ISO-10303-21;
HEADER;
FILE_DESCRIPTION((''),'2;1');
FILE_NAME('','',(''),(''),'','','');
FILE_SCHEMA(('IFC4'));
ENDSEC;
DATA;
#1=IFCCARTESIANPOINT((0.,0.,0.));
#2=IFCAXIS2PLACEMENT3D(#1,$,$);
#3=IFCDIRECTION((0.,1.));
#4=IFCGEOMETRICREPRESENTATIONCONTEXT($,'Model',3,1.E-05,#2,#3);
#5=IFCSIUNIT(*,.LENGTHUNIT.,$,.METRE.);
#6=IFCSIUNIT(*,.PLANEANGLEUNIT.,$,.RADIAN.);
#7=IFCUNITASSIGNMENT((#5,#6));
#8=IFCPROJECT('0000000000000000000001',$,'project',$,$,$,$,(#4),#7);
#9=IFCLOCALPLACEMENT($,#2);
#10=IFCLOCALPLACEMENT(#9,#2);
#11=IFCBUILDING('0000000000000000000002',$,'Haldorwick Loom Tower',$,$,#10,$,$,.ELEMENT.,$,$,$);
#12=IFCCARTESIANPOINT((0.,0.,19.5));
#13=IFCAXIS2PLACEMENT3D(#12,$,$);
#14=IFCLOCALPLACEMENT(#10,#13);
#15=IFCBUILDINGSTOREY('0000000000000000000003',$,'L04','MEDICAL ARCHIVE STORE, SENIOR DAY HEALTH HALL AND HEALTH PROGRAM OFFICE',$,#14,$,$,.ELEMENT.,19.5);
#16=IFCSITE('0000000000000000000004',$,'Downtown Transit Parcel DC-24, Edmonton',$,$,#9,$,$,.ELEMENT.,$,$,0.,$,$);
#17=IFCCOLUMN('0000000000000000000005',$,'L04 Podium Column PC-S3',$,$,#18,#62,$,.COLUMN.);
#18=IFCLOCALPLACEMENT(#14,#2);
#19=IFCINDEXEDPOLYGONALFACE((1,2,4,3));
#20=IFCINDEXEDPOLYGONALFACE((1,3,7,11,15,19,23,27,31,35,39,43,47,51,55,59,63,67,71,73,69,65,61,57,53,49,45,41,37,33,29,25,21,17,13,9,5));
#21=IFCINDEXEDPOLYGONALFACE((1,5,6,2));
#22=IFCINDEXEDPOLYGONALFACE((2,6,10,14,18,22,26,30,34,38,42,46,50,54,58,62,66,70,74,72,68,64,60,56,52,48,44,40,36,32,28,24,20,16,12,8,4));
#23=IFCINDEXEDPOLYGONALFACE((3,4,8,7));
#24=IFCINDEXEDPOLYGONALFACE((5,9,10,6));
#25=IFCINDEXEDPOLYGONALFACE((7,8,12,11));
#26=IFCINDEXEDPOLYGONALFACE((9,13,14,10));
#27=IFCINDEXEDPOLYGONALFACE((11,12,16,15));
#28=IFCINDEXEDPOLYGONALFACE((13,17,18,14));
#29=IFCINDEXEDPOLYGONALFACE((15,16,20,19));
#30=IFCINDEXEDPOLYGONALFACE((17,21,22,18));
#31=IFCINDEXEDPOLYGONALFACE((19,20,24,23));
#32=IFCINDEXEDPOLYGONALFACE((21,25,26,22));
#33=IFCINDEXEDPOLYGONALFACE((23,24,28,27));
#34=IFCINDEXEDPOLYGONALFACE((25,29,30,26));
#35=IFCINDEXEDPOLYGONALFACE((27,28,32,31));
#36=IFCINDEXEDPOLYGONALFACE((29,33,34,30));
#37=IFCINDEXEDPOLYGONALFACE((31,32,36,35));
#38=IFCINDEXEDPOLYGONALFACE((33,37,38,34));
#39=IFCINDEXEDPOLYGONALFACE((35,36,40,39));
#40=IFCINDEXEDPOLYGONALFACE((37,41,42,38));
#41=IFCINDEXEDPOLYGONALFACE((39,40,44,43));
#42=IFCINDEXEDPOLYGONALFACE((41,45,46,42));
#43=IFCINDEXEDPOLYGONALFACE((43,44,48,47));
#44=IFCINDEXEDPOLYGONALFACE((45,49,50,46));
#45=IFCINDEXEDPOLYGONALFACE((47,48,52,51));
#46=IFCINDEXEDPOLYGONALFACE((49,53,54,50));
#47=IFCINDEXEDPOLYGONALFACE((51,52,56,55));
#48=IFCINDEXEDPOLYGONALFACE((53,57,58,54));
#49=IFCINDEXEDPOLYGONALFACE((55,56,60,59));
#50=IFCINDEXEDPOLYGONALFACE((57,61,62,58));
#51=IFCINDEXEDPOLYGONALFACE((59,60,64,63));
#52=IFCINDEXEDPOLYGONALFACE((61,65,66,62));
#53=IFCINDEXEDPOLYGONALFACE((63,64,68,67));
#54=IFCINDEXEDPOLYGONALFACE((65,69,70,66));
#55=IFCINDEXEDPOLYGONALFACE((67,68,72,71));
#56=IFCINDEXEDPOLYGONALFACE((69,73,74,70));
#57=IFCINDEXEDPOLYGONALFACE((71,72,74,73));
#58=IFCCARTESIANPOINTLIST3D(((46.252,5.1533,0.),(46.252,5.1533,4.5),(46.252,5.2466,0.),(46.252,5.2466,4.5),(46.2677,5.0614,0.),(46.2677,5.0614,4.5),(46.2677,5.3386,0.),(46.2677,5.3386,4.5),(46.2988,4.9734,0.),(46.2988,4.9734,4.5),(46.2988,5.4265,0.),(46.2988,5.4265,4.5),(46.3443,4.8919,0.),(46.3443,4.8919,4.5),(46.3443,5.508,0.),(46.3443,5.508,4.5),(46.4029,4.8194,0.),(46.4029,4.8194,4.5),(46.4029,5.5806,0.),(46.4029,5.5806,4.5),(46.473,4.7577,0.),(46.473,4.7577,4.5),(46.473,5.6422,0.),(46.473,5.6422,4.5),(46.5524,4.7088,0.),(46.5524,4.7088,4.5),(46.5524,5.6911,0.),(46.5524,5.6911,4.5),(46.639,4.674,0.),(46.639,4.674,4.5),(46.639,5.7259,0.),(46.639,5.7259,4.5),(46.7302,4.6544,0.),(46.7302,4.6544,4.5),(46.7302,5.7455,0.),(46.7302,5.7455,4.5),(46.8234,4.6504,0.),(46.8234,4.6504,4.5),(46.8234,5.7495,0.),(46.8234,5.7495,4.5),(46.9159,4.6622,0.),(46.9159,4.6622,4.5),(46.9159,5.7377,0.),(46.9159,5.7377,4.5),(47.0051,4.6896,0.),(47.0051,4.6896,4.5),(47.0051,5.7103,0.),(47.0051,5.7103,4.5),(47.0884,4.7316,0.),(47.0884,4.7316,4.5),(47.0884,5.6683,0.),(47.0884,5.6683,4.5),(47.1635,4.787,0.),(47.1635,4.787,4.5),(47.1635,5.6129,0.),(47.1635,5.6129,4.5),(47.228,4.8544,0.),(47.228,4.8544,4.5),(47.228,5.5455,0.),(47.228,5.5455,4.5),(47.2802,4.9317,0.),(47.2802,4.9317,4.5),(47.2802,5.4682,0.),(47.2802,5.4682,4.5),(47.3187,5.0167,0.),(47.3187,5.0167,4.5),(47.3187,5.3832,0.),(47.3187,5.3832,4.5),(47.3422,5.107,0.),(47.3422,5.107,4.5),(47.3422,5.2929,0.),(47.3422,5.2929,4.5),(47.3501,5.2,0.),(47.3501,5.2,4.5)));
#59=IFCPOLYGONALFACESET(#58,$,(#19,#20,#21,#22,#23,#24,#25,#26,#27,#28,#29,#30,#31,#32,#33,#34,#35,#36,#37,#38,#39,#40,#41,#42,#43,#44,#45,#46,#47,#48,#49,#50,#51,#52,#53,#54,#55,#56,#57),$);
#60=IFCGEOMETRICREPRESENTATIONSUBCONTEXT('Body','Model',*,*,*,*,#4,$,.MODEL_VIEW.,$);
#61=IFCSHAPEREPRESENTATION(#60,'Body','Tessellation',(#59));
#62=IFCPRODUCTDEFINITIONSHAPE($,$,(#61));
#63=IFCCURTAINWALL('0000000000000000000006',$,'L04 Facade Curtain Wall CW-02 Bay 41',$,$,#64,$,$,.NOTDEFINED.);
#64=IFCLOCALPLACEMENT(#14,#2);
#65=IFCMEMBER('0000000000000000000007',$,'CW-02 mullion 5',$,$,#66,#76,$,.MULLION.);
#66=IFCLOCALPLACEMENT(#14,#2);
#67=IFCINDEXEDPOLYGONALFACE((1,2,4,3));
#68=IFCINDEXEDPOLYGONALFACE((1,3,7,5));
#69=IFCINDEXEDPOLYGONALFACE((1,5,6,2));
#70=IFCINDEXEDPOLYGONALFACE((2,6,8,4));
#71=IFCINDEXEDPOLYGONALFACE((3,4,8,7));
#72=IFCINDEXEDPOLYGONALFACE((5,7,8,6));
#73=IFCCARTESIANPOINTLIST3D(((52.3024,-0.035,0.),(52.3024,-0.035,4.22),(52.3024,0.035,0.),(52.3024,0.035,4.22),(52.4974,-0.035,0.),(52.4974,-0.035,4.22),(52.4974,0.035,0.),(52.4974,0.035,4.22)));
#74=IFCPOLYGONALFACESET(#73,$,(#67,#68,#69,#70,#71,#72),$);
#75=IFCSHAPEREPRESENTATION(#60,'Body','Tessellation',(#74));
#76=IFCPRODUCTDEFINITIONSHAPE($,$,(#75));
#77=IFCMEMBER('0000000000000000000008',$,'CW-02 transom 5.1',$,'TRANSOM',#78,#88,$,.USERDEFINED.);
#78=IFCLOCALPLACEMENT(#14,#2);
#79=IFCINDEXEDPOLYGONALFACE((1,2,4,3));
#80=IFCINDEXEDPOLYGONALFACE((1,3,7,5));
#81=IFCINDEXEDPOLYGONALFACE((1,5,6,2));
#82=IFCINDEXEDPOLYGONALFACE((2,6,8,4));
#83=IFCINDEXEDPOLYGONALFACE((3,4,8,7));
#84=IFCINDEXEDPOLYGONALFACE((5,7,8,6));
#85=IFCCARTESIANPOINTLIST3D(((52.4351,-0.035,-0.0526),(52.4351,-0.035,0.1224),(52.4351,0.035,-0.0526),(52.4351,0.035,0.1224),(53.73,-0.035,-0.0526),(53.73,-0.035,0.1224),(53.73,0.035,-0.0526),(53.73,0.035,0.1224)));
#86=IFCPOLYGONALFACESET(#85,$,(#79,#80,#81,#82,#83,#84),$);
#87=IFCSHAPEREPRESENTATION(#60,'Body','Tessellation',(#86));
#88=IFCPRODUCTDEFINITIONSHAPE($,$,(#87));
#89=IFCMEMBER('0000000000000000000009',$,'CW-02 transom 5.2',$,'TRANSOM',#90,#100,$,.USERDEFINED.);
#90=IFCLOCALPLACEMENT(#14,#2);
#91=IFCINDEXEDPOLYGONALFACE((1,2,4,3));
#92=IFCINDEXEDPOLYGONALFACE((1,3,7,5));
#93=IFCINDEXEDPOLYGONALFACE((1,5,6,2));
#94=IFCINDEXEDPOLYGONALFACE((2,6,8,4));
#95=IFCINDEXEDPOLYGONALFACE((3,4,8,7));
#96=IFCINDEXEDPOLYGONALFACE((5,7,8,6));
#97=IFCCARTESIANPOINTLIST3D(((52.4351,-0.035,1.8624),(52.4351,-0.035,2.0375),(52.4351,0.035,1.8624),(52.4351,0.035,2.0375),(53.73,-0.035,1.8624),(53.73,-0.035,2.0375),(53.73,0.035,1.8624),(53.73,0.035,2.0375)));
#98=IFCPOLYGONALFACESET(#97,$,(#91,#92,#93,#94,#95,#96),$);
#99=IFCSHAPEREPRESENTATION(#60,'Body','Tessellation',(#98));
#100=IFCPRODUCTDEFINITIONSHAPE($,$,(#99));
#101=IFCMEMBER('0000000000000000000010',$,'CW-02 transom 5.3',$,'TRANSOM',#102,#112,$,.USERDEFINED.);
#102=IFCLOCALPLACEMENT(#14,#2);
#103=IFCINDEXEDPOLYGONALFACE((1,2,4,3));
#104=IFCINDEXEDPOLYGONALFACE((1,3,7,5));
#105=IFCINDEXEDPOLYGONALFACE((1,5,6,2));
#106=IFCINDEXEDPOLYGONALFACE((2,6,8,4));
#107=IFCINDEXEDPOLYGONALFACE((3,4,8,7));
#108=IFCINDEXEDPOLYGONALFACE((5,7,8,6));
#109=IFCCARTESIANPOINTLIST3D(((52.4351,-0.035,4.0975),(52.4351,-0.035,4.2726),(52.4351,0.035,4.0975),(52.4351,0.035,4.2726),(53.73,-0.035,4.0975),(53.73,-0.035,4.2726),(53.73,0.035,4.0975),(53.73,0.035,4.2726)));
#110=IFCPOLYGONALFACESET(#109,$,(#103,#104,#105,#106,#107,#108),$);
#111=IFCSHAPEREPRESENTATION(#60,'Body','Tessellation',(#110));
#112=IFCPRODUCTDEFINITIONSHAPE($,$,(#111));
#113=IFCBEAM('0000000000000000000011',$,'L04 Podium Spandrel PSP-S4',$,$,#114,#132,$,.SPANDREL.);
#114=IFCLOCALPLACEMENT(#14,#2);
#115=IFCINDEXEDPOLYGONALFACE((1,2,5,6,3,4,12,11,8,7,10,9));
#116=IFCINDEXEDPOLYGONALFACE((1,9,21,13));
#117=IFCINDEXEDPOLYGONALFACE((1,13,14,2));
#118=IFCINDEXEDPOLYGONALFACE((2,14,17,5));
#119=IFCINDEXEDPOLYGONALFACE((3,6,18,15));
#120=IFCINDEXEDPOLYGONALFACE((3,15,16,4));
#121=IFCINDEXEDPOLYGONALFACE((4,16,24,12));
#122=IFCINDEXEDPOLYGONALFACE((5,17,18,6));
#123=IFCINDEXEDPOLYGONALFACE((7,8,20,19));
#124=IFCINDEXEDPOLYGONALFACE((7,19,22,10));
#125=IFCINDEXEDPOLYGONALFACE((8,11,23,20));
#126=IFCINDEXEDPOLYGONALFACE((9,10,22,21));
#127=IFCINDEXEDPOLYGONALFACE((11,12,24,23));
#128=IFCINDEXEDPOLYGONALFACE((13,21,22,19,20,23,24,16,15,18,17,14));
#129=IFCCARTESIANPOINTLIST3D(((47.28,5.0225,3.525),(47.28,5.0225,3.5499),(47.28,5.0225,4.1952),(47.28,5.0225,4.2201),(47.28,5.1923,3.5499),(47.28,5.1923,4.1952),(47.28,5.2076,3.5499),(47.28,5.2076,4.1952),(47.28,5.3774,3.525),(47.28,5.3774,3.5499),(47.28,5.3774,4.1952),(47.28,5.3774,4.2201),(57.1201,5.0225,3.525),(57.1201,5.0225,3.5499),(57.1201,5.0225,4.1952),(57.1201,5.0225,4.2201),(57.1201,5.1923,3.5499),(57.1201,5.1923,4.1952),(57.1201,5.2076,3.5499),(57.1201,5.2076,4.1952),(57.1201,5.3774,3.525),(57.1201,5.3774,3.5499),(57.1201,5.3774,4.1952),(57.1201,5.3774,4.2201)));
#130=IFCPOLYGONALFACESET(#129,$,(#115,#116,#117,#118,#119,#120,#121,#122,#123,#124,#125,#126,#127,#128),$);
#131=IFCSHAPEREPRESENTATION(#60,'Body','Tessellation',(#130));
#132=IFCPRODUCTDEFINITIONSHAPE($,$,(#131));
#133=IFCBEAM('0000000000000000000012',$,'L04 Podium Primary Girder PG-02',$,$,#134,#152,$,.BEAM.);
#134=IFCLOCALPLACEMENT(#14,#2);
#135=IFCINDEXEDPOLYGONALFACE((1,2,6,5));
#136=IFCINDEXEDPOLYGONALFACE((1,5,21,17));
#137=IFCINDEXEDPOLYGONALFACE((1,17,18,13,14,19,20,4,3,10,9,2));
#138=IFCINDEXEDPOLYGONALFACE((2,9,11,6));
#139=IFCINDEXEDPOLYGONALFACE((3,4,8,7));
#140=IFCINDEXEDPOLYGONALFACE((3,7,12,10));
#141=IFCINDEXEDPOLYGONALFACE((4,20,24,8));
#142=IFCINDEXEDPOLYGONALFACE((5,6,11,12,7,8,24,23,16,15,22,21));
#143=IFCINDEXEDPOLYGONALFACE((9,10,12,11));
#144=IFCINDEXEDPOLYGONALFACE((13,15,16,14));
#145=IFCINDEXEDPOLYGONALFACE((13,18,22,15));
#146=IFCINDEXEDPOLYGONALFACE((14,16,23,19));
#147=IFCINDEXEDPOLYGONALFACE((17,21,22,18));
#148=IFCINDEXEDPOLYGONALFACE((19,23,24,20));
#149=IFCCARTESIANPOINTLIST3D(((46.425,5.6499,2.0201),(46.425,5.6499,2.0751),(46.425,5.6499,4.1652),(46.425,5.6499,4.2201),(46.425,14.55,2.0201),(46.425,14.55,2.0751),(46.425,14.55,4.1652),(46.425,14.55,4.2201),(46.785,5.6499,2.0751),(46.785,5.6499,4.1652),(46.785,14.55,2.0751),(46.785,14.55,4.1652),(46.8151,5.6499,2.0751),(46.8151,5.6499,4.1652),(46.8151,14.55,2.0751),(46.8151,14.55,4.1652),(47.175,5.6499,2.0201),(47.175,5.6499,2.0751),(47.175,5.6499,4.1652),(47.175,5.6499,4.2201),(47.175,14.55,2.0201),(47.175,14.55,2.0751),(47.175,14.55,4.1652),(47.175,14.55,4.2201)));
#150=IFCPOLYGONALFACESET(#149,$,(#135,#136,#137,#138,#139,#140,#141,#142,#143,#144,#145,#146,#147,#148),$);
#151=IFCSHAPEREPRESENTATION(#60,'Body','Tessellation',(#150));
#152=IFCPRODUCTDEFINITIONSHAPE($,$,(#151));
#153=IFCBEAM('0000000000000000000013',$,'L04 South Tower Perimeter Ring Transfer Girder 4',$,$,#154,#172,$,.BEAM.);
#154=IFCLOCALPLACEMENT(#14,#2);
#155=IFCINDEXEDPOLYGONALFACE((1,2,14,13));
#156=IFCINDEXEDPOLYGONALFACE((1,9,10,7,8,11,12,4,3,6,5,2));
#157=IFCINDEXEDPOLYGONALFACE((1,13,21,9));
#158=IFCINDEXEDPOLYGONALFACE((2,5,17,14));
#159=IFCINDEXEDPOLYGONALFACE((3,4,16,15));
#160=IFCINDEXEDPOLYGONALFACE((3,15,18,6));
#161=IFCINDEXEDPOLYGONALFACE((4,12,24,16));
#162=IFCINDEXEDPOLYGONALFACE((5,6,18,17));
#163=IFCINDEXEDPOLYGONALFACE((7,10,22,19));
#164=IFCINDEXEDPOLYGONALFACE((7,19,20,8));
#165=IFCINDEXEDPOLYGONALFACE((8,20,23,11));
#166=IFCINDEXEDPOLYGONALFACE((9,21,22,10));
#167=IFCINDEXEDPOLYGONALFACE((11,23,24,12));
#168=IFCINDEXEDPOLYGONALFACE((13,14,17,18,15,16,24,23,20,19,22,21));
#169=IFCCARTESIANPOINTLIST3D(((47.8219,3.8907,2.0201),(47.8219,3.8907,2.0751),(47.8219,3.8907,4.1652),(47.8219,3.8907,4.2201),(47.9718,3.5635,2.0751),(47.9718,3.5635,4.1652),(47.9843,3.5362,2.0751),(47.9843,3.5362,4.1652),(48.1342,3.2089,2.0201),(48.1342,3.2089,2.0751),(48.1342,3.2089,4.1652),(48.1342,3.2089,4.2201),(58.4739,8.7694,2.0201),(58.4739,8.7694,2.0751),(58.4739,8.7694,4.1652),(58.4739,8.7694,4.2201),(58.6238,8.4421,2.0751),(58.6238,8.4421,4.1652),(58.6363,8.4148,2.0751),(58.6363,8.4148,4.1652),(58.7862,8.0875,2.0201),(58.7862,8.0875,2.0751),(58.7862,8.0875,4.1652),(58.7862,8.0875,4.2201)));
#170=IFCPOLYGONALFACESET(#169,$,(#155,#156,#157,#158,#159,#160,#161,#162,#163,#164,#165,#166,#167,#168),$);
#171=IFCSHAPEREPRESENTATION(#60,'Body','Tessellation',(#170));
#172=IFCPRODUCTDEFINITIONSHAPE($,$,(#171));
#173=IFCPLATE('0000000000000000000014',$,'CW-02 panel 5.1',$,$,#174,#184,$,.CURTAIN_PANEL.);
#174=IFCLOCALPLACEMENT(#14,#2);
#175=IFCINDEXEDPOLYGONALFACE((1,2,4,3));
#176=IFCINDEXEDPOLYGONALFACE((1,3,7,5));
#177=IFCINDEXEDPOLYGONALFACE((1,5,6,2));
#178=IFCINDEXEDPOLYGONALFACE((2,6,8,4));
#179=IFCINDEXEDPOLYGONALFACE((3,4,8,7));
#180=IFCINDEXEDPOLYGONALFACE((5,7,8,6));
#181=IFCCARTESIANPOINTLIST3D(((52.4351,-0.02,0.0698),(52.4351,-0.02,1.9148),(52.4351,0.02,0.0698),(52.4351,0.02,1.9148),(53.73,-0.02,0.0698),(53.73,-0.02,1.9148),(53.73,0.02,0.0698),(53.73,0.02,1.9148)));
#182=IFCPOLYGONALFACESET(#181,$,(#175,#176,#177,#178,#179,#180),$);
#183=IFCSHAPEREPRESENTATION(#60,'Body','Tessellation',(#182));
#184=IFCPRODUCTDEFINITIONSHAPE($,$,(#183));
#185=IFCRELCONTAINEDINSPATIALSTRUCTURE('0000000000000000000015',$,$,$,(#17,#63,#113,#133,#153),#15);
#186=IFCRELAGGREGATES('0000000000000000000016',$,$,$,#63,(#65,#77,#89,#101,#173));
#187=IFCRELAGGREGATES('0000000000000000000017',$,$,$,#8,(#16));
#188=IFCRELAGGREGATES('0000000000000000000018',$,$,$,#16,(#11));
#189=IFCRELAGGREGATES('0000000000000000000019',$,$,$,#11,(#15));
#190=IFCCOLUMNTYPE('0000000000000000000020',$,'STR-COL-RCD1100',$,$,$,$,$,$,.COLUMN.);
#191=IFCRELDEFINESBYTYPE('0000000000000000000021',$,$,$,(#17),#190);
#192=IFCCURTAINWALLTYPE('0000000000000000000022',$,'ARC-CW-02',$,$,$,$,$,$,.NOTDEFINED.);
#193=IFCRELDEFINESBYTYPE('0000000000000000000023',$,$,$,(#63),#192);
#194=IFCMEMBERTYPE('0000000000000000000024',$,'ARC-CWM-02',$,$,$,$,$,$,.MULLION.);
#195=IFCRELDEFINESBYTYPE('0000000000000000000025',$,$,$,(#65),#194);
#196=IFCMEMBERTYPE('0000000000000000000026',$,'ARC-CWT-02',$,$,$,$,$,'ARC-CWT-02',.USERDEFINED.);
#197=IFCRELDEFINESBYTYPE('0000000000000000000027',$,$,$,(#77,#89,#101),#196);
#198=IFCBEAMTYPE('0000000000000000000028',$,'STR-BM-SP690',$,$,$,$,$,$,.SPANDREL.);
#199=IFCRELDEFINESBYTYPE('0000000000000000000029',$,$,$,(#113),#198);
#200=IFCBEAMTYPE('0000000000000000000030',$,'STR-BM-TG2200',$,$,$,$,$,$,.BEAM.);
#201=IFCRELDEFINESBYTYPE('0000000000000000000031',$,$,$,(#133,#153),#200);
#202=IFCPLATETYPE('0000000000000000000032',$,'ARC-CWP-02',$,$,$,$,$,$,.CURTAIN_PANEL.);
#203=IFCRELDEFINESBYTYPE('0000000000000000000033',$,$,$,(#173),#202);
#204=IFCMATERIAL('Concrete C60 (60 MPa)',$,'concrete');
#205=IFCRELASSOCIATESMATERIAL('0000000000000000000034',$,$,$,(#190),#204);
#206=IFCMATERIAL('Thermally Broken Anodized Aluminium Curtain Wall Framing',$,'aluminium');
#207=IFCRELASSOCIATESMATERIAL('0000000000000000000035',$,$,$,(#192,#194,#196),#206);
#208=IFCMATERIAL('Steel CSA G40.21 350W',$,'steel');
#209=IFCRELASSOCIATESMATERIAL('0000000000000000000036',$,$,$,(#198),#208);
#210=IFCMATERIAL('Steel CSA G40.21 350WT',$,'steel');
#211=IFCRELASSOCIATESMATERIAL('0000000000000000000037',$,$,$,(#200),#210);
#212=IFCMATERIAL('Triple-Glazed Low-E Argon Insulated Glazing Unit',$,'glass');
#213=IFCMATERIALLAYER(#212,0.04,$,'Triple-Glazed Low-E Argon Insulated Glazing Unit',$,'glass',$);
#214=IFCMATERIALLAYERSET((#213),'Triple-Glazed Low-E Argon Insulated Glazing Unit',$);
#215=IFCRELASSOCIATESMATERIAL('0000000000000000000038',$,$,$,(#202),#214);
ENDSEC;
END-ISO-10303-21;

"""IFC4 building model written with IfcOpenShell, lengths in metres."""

from ifc_helpers import new_model, si_unit, direction, frame, origin, origin_2d, place, context, subcontext, project, spatial, rectangle, circle, i_section, extrude, material, layer, layer_set, material_profile, profile_set, type_object, element, aggregate, save


model = new_model("IFC4")

# Units and contexts
model_context = context("Model", 3, precision=1e-05, world=origin(), true_north=direction((0.0, 1.0)))
body_context = subcontext(model_context, "Body", "Model", "MODEL_VIEW")
ifc_project = project(units=[si_unit("LENGTHUNIT", "METRE"), si_unit("PLANEANGLEUNIT", "RADIAN")], contexts=[model_context])

# Site, building, storey
site_placement = place(None, origin())
site = spatial("IfcSite", under=ifc_project, at=site_placement, Name="Downtown Transit Parcel DC-24, Edmonton", CompositionType="ELEMENT", RefElevation=0.0)
building_placement = place(site_placement, origin())
building = spatial("IfcBuilding", under=site, at=building_placement, Name="Haldorwick Loom Tower", CompositionType="ELEMENT")
storey_placement = place(building_placement, frame((0.0, 0.0, 19.5)))
storey = spatial("IfcBuildingStorey", under=building, at=storey_placement, Name="L04", Description="MEDICAL ARCHIVE STORE, SENIOR DAY HEALTH HALL AND HEALTH PROGRAM OFFICE", CompositionType="ELEMENT", Elevation=19.5)

# Column
ifc_material_1 = material(Name="Concrete C60 (60 MPa)", Category="concrete")
ifc_material_profile_1 = material_profile(ifc_material_1, circle(Radius=0.55, at=origin_2d()), Name="RCD1100", Category="concrete")
ifc_profile_set_1 = profile_set([ifc_material_profile_1], Name="Concrete C60 (60 MPa)")
column_type = type_object("IfcColumnType", Name="STR-COL-RCD1100", PredefinedType="COLUMN", material=ifc_profile_set_1)
column_placement = place(storey_placement, frame((46.8, 5.2, 0.0), z_axis=(0.0, 0.0, 1.0), x_axis=(1.0, 0.0, 0.0)))
element("IfcColumn", 1, at=column_placement, inside=storey, type_object=column_type, Name="L04 Podium Column PC-S3", PredefinedType="COLUMN", context=body_context, shape_type="SweptSolid", body=[
    extrude(circle(Radius=0.55, at=origin_2d()), origin(), (0.0, 0.0, 1.0), 4.5),
])

# Curtain wall, members
ifc_material_2 = material(Name="Thermally Broken Anodized Aluminium Curtain Wall Framing", Category="aluminium")
curtain_wall_type = type_object("IfcCurtainWallType", Name="ARC-CW-02", PredefinedType="NOTDEFINED", material=ifc_material_2)
curtain_wall_placement = place(storey_placement, origin())
curtain_wall = element("IfcCurtainWall", 2, at=curtain_wall_placement, inside=storey, type_object=curtain_wall_type, Name="L04 Facade Curtain Wall CW-02 Bay 41", PredefinedType="NOTDEFINED")
ifc_material_profile_2 = material_profile(ifc_material_2, rectangle(XDim=0.0701, YDim=0.1951, at=origin_2d()), Name="ALU_MUL_70X195", Category="aluminium")
ifc_profile_set_2 = profile_set([ifc_material_profile_2], Name="Thermally Broken Anodized Aluminium Curtain Wall Framing")
member_type_1 = type_object("IfcMemberType", Name="ARC-CWM-02", PredefinedType="MULLION", material=ifc_profile_set_2)
member_1_placement = place(storey_placement, frame((52.3999, 0.0, 0.0), z_axis=(0.0, 0.0, 1.0), x_axis=(0.0, 1.0, 0.0)))
member_1 = element("IfcMember", 3, at=member_1_placement, type_object=member_type_1, Name="CW-02 mullion 5", PredefinedType="MULLION", context=body_context, shape_type="SweptSolid", body=[
    extrude(rectangle(XDim=0.0701, YDim=0.1951, at=origin_2d()), origin(), (0.0, 0.0, 1.0), 4.22),
])
ifc_material_profile_3 = material_profile(ifc_material_2, rectangle(XDim=0.0701, YDim=0.175, at=origin_2d()), Name="ALU_TRN_70X175", Category="aluminium")
ifc_profile_set_3 = profile_set([ifc_material_profile_3], Name="Thermally Broken Anodized Aluminium Curtain Wall Framing")
member_type_2 = type_object("IfcMemberType", Name="ARC-CWT-02", ElementType="ARC-CWT-02", PredefinedType="USERDEFINED", material=ifc_profile_set_3)
member_2_placement = place(storey_placement, frame((52.4351, 0.0, 0.0349), z_axis=(1.0, 0.0, 0.0), x_axis=(0.0, 1.0, 0.0)))
member_2 = element("IfcMember", 4, at=member_2_placement, type_object=member_type_2, Name="CW-02 transom 5.1", ObjectType="TRANSOM", PredefinedType="USERDEFINED", context=body_context, shape_type="SweptSolid", body=[
    extrude(rectangle(XDim=0.0701, YDim=0.175, at=origin_2d()), origin(), (0.0, 0.0, 1.0), 1.2949),
])
member_3_placement = place(storey_placement, frame((52.4351, 0.0, 1.95), z_axis=(1.0, 0.0, 0.0), x_axis=(0.0, 1.0, 0.0)))
member_3 = element("IfcMember", 5, at=member_3_placement, type_object=member_type_2, Name="CW-02 transom 5.2", ObjectType="TRANSOM", PredefinedType="USERDEFINED", context=body_context, shape_type="SweptSolid", body=[
    extrude(rectangle(XDim=0.0701, YDim=0.175, at=origin_2d()), origin(), (0.0, 0.0, 1.0), 1.2949),
])
member_4_placement = place(storey_placement, frame((52.4351, 0.0, 4.1851), z_axis=(1.0, 0.0, 0.0), x_axis=(0.0, 1.0, 0.0)))
member_4 = element("IfcMember", 6, at=member_4_placement, type_object=member_type_2, Name="CW-02 transom 5.3", ObjectType="TRANSOM", PredefinedType="USERDEFINED", context=body_context, shape_type="SweptSolid", body=[
    extrude(rectangle(XDim=0.0701, YDim=0.175, at=origin_2d()), origin(), (0.0, 0.0, 1.0), 1.2949),
])

# Beams
ifc_material_3 = material(Name="Steel CSA G40.21 350W", Category="steel")
ifc_material_profile_4 = material_profile(ifc_material_3, i_section(OverallWidth=0.355, OverallDepth=0.6951, WebThickness=0.0154, FlangeThickness=0.0249, at=origin_2d()), Name="W690X217", Category="steel")
ifc_profile_set_4 = profile_set([ifc_material_profile_4], Name="Steel CSA G40.21 350W")
beam_type_1 = type_object("IfcBeamType", Name="STR-BM-SP690", PredefinedType="SPANDREL", material=ifc_profile_set_4)
beam_1_placement = place(storey_placement, frame((47.28, 5.2, 3.8726), z_axis=(1.0, 0.0, 0.0), x_axis=(0.0, 1.0, 0.0)))
element("IfcBeam", 7, at=beam_1_placement, inside=storey, type_object=beam_type_1, Name="L04 Podium Spandrel PSP-S4", PredefinedType="SPANDREL", context=body_context, shape_type="SweptSolid", body=[
    extrude(i_section(OverallWidth=0.355, OverallDepth=0.6951, WebThickness=0.0154, FlangeThickness=0.0249, at=origin_2d()), origin(), (0.0, 0.0, 1.0), 9.8401),
])
ifc_material_4 = material(Name="Steel CSA G40.21 350WT", Category="steel")
ifc_material_profile_5 = material_profile(ifc_material_4, i_section(OverallWidth=0.75, OverallDepth=2.2, WebThickness=0.03, FlangeThickness=0.0549, at=origin_2d()), Name="WWF2200X750", Category="steel")
ifc_profile_set_5 = profile_set([ifc_material_profile_5], Name="Steel CSA G40.21 350WT")
beam_type_2 = type_object("IfcBeamType", Name="STR-BM-TG2200", PredefinedType="BEAM", material=ifc_profile_set_5)
beam_2_placement = place(storey_placement, frame((46.8, 5.6499, 3.1201), z_axis=(0.0, 1.0, 0.0), x_axis=(-1.0, 0.0, 0.0)))
element("IfcBeam", 8, at=beam_2_placement, inside=storey, type_object=beam_type_2, Name="L04 Podium Primary Girder PG-02", PredefinedType="BEAM", context=body_context, shape_type="SweptSolid", body=[
    extrude(i_section(OverallWidth=0.75, OverallDepth=2.2, WebThickness=0.03, FlangeThickness=0.0549, at=origin_2d()), origin(), (0.0, 0.0, 1.0), 8.9001),
])
beam_3_placement = place(storey_placement, frame((47.978, 3.5498, 3.1201), z_axis=(0.90918, 0.416404, 0.0), x_axis=(-0.416404, 0.90918, 0.0)))
element("IfcBeam", 9, at=beam_3_placement, inside=storey, type_object=beam_type_2, Name="L04 South Tower Perimeter Ring Transfer Girder 4", PredefinedType="BEAM", context=body_context, shape_type="SweptSolid", body=[
    extrude(i_section(OverallWidth=0.75, OverallDepth=2.2, WebThickness=0.03, FlangeThickness=0.0549, at=origin_2d()), origin(), (0.0, 0.0, 1.0), 11.7161),
])

# Plate
ifc_material_5 = material(Name="Triple-Glazed Low-E Argon Insulated Glazing Unit", Category="glass")
ifc_layer_1 = layer(ifc_material_5, 0.04, Name="Triple-Glazed Low-E Argon Insulated Glazing Unit", Category="glass")
ifc_layer_set_1 = layer_set([ifc_layer_1], Name="Triple-Glazed Low-E Argon Insulated Glazing Unit")
plate_type = type_object("IfcPlateType", Name="ARC-CWP-02", PredefinedType="CURTAIN_PANEL", material=ifc_layer_set_1)
plate_1_placement = place(storey_placement, frame((53.0825, 0.0, 0.0698), z_axis=(0.0, 0.0, 1.0), x_axis=(1.0, 0.0, 0.0)))
plate_1 = element("IfcPlate", 10, at=plate_1_placement, type_object=plate_type, Name="CW-02 panel 5.1", PredefinedType="CURTAIN_PANEL", context=body_context, shape_type="SweptSolid", body=[
    extrude(rectangle(XDim=1.2949, YDim=0.04, at=origin_2d()), origin(), (0.0, 0.0, 1.0), 1.845),
])
aggregate(curtain_wall, [member_1, member_2, member_3, member_4, plate_1])

save(model, "model.ifc")
